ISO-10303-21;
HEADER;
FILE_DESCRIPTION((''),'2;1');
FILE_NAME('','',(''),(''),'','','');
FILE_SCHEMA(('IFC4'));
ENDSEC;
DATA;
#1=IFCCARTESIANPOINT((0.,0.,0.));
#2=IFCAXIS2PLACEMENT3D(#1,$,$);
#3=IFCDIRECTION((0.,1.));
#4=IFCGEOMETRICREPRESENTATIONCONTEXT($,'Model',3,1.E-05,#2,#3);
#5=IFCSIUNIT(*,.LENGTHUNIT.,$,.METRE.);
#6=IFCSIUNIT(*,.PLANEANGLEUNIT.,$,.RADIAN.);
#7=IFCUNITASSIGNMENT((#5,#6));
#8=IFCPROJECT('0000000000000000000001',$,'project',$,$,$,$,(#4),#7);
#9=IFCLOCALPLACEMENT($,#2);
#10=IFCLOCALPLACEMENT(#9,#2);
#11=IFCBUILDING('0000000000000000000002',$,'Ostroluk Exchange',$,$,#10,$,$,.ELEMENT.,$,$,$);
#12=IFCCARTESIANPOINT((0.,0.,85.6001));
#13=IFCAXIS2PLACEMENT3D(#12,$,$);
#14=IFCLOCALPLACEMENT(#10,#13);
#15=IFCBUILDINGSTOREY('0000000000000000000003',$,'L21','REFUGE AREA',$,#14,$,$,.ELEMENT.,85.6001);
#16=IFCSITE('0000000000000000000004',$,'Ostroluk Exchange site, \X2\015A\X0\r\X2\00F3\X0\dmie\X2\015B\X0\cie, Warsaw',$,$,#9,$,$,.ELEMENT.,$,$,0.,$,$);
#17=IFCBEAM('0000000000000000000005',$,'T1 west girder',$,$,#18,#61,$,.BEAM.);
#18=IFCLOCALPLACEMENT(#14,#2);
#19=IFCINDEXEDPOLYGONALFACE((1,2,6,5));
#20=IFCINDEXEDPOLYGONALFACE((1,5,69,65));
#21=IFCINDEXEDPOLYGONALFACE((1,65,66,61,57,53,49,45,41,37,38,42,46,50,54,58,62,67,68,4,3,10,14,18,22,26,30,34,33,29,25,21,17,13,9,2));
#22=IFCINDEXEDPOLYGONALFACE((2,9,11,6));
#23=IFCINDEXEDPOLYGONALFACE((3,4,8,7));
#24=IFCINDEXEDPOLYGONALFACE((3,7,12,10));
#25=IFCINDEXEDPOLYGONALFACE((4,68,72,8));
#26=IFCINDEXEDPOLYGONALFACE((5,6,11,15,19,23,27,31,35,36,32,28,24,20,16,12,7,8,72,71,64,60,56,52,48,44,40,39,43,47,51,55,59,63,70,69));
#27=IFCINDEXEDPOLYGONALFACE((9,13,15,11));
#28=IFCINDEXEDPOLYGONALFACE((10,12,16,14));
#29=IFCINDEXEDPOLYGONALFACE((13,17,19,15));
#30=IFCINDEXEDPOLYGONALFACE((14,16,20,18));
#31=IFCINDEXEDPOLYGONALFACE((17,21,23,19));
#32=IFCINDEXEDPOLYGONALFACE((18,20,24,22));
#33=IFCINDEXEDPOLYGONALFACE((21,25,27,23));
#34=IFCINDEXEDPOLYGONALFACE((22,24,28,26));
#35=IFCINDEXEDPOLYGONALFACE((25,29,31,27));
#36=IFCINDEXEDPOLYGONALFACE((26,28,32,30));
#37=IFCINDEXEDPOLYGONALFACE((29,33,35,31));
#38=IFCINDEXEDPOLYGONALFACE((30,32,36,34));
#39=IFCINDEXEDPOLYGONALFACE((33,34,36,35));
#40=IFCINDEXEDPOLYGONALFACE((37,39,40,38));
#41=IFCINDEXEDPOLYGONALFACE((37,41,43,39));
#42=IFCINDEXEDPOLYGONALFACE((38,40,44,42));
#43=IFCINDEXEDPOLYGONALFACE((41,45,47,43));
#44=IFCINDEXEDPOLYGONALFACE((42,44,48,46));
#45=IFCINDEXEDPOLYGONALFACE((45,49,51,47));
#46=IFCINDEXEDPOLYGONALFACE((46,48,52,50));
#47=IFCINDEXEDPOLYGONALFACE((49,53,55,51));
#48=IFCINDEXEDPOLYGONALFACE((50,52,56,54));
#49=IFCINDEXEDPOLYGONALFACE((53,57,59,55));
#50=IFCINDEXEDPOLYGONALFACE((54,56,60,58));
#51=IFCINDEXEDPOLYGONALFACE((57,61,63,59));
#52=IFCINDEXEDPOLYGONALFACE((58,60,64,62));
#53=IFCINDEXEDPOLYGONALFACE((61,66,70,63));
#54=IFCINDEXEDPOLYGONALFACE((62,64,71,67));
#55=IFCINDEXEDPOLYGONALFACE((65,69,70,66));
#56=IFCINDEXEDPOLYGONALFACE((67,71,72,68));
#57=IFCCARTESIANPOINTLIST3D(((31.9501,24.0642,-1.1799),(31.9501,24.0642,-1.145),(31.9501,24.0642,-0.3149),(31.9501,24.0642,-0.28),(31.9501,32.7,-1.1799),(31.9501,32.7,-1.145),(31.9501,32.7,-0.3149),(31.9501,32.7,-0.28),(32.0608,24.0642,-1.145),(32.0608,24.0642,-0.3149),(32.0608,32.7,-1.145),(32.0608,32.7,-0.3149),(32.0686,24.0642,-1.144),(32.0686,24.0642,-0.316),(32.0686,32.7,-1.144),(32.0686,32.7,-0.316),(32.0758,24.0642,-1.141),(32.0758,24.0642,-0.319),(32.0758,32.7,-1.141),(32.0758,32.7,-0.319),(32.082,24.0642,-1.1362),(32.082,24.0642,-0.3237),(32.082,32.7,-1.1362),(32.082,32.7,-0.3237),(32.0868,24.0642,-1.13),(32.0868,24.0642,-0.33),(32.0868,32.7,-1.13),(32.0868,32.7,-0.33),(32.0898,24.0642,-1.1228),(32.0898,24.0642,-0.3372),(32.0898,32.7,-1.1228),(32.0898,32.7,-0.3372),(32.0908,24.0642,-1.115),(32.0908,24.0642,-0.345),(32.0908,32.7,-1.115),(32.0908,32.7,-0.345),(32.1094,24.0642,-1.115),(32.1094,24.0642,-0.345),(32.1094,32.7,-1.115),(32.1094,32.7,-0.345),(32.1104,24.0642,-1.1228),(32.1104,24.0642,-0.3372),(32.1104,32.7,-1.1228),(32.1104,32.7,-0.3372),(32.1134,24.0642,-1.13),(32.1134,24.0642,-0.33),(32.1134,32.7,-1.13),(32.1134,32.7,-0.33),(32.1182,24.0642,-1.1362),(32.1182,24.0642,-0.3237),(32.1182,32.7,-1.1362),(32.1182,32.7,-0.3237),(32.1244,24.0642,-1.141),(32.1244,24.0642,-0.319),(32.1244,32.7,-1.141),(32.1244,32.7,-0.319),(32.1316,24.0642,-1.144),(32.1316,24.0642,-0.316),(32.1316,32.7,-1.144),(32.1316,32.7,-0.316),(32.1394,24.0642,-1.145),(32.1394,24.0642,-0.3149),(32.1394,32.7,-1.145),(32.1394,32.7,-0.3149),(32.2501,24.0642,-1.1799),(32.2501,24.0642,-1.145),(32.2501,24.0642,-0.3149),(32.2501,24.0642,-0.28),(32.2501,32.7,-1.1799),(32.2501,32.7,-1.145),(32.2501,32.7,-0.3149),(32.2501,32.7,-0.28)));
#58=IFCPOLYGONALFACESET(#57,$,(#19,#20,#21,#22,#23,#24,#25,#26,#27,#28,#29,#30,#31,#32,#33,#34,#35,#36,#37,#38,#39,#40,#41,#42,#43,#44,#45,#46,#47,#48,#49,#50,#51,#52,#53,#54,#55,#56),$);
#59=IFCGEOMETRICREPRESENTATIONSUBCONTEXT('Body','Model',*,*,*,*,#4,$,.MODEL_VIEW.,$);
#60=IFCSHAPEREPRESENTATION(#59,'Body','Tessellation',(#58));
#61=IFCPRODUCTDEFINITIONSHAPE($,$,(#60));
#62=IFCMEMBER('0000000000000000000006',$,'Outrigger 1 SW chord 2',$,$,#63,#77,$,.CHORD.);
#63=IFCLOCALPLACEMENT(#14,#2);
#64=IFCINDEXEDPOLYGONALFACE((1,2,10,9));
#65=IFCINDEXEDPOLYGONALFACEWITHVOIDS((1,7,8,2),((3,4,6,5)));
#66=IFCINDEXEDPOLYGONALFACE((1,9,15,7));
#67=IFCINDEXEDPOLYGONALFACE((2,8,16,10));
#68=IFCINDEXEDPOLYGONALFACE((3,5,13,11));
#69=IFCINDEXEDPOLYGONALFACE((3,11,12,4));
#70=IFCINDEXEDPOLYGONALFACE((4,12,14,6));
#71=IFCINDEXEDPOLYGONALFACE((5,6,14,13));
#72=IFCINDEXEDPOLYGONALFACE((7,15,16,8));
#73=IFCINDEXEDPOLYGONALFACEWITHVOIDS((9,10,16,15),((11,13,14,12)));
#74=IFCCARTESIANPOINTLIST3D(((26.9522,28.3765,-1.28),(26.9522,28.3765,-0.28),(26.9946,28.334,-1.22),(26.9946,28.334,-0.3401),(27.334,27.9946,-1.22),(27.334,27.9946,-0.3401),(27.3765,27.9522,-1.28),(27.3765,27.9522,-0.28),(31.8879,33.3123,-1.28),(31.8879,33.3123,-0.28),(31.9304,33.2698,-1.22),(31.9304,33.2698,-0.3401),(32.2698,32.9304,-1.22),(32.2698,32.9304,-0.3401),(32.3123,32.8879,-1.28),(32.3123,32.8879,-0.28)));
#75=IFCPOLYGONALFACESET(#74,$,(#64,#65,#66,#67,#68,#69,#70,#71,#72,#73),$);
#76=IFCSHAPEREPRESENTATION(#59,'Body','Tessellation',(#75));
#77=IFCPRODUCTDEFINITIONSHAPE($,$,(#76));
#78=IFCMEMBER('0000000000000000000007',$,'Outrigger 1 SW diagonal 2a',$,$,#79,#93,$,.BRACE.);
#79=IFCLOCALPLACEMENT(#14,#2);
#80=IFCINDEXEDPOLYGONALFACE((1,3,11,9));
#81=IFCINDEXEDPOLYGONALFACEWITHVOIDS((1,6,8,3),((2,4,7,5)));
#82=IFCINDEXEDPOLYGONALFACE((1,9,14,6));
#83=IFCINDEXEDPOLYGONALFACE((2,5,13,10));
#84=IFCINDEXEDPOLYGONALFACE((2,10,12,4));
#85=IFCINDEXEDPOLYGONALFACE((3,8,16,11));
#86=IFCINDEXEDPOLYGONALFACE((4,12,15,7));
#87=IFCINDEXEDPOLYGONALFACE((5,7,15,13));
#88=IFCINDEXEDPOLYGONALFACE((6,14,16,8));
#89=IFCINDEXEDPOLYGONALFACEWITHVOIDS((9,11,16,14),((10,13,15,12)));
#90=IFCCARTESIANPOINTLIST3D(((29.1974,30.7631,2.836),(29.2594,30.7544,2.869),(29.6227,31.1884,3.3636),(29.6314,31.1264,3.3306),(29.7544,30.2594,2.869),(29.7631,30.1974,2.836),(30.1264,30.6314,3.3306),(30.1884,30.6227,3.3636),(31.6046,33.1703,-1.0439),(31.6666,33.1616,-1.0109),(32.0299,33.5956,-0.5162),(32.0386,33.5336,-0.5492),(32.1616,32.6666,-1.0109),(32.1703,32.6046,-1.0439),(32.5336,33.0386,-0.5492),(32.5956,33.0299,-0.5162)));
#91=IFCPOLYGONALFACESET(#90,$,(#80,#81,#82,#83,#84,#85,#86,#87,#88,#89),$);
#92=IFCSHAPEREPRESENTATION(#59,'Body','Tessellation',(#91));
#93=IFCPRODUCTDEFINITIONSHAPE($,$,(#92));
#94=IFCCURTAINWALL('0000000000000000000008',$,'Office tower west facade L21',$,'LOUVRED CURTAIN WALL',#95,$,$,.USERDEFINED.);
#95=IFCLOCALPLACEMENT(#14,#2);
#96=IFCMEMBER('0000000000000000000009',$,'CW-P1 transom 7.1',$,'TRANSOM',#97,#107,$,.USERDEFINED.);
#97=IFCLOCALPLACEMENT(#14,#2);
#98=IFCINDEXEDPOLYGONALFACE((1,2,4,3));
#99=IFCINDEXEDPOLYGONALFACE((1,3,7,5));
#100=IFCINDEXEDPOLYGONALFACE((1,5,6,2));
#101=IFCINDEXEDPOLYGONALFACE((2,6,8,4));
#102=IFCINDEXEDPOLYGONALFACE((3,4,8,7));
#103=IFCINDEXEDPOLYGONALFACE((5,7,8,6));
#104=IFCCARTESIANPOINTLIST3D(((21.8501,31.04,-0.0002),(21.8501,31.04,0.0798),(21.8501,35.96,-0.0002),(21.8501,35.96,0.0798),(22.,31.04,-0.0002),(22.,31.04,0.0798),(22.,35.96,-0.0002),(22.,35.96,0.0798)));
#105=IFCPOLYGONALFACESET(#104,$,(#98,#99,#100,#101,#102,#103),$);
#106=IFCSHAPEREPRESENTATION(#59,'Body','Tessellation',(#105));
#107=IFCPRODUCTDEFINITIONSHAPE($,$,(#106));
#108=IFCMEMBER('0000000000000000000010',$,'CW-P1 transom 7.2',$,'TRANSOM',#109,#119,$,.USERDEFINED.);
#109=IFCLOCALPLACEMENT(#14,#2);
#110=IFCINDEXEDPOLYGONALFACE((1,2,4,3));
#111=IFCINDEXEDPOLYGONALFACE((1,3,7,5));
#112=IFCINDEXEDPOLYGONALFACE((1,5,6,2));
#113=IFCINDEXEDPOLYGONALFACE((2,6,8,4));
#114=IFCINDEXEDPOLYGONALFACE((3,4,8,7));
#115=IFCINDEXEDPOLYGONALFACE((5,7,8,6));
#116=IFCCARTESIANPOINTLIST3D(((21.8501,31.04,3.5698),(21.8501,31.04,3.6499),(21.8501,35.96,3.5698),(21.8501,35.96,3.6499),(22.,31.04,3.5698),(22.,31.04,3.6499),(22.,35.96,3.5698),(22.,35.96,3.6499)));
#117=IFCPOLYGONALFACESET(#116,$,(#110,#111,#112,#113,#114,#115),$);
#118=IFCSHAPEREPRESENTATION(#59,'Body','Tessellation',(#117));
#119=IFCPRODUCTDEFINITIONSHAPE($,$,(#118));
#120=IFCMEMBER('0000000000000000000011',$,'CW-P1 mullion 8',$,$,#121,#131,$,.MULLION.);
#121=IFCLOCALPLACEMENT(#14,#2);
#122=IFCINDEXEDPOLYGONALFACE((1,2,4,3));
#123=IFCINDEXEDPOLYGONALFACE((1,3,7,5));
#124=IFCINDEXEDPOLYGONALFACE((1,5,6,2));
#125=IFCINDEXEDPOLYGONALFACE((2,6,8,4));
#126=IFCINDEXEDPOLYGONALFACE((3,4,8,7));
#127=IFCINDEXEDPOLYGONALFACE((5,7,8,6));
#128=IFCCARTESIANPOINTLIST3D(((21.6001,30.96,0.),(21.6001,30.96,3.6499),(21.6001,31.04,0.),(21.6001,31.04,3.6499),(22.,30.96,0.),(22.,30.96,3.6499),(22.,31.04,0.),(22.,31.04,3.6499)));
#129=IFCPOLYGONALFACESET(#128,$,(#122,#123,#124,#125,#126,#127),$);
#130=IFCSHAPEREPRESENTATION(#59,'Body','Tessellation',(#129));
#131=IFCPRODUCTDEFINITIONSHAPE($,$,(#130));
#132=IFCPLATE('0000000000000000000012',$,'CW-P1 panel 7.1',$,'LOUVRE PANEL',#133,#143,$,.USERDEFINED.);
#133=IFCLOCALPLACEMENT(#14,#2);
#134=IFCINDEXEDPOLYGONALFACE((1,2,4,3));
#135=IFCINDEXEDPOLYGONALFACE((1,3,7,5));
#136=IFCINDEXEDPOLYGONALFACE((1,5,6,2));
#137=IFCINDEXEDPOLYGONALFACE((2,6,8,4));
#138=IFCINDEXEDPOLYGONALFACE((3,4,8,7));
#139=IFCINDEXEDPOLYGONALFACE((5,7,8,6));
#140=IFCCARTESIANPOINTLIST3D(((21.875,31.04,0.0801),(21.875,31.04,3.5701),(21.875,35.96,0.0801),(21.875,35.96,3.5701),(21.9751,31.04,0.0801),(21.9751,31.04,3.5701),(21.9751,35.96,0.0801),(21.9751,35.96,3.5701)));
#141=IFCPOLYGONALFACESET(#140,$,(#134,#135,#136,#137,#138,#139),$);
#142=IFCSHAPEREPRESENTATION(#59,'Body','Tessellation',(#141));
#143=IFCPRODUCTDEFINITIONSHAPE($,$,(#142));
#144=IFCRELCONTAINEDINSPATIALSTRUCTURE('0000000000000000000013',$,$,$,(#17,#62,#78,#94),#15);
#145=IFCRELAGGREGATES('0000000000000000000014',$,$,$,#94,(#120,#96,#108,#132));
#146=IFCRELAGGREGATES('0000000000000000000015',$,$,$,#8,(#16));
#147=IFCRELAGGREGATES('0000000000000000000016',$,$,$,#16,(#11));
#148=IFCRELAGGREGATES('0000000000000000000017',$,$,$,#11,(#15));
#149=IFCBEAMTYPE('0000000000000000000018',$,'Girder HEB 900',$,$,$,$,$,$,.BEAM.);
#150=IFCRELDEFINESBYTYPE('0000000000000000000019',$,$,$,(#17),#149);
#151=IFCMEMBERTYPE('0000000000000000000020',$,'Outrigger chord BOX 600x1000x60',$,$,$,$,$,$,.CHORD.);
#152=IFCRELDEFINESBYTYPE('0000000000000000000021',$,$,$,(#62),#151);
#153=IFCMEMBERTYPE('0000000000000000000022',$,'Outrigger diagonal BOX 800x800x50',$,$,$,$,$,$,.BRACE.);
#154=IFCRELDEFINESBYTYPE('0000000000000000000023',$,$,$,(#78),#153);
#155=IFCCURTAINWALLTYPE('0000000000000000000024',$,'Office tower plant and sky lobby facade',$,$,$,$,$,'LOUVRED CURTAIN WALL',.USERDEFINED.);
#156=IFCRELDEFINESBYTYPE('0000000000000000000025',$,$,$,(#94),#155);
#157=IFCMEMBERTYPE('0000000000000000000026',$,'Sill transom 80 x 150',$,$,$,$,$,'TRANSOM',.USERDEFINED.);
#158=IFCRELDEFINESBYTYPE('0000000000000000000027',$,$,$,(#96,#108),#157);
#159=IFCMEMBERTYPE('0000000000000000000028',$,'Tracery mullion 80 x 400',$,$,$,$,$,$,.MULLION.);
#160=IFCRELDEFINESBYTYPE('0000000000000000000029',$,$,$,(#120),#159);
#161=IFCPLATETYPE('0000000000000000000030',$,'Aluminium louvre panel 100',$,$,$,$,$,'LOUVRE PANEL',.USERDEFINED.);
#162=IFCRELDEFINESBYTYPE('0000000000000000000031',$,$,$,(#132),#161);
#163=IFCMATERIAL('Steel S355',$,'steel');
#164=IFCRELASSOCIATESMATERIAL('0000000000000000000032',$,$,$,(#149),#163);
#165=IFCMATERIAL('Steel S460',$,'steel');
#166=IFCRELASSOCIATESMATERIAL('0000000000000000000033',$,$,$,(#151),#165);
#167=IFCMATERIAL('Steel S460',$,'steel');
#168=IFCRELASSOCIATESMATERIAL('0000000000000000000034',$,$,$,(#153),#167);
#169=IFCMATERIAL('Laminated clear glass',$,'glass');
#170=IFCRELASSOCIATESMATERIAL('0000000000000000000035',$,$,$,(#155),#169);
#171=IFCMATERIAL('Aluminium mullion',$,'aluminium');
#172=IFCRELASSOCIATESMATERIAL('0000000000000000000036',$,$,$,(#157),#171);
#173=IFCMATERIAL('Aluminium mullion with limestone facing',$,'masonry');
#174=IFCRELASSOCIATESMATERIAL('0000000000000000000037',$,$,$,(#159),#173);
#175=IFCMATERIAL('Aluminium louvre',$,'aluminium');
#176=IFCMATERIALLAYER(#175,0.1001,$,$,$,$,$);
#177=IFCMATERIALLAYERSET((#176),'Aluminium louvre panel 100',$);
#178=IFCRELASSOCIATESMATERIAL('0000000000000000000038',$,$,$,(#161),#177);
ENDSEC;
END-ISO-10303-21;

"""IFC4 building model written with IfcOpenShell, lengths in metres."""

from ifc_helpers import new_model, si_unit, direction, frame, origin, origin_2d, place, context, subcontext, project, spatial, rectangle, hollow_rectangle, i_section, extrude, material, layer, layer_set, material_profile, profile_set, type_object, element, aggregate, save


model = new_model("IFC4")

# Units and contexts
model_context = context("Model", 3, precision=1e-05, world=origin(), true_north=direction((0.0, 1.0)))
body_context = subcontext(model_context, "Body", "Model", "MODEL_VIEW")
ifc_project = project(units=[si_unit("LENGTHUNIT", "METRE"), si_unit("PLANEANGLEUNIT", "RADIAN")], contexts=[model_context])

# Site, building, storey
site_placement = place(None, origin())
site = spatial("IfcSite", under=ifc_project, at=site_placement, Name="Ostroluk Exchange site, Śródmieście, Warsaw", CompositionType="ELEMENT", RefElevation=0.0)
building_placement = place(site_placement, origin())
building = spatial("IfcBuilding", under=site, at=building_placement, Name="Ostroluk Exchange", CompositionType="ELEMENT")
storey_placement = place(building_placement, frame((0.0, 0.0, 85.6001)))
storey = spatial("IfcBuildingStorey", under=building, at=storey_placement, Name="L21", Description="REFUGE AREA", CompositionType="ELEMENT", Elevation=85.6001)

# Beam
ifc_material_1 = material(Name="Steel S355", Category="steel")
ifc_material_profile_1 = material_profile(ifc_material_1, i_section(OverallWidth=0.3, OverallDepth=0.8999, WebThickness=0.0186, FlangeThickness=0.0349, FilletRadius=0.03, at=origin_2d()), Name="HEB 900")
ifc_profile_set_1 = profile_set([ifc_material_profile_1], Name="Steel S355")
beam_type_1 = type_object("IfcBeamType", Name="Girder HEB 900", PredefinedType="BEAM", material=ifc_profile_set_1)
beam_1_placement = place(storey_placement, frame((32.1001, 32.7, -0.73), z_axis=(0.0, -1.0, 0.0), x_axis=(1.0, 0.0, 0.0)))
element("IfcBeam", 1, at=beam_1_placement, inside=storey, type_object=beam_type_1, Name="T1 west girder", PredefinedType="BEAM", context=body_context, shape_type="SweptSolid", body=[
    extrude(i_section(OverallWidth=0.3, OverallDepth=0.8999, WebThickness=0.0186, FlangeThickness=0.0349, FilletRadius=0.03, at=origin_2d()), origin(), (0.0, 0.0, 1.0), 8.6357),
])

# Members
ifc_material_2 = material(Name="Steel S460", Category="steel")
ifc_material_profile_2 = material_profile(ifc_material_2, hollow_rectangle(XDim=0.6001, YDim=1.0, WallThickness=0.0601, at=origin_2d()), Name="BOX 600x1000x60")
ifc_profile_set_2 = profile_set([ifc_material_profile_2], Name="Steel S460")
member_type_1 = type_object("IfcMemberType", Name="Outrigger chord BOX 600x1000x60", PredefinedType="CHORD", material=ifc_profile_set_2)
member_1_placement = place(storey_placement, frame((32.1001, 33.1001, -0.78), z_axis=(-0.707107, -0.707107, 0.0), x_axis=(0.707107, -0.707107, 0.0)))
element("IfcMember", 2, at=member_1_placement, inside=storey, type_object=member_type_1, Name="Outrigger 1 SW chord 2", PredefinedType="CHORD", context=body_context, shape_type="SweptSolid", body=[
    extrude(hollow_rectangle(XDim=0.6001, YDim=1.0, WallThickness=0.0601, at=origin_2d()), origin(), (0.0, 0.0, 1.0), 6.9802),
])
ifc_material_3 = material(Name="Steel S460", Category="steel")
ifc_material_profile_3 = material_profile(ifc_material_3, hollow_rectangle(XDim=0.8, YDim=0.8, WallThickness=0.05, at=origin_2d()), Name="BOX 800x800x50")
ifc_profile_set_3 = profile_set([ifc_material_profile_3], Name="Steel S460")
member_type_2 = type_object("IfcMemberType", Name="Outrigger diagonal BOX 800x800x50", PredefinedType="BRACE", material=ifc_profile_set_3)
member_2_placement = place(storey_placement, frame((32.1001, 33.1001, -0.78), z_axis=(-0.466365, -0.466365, 0.75167), x_axis=(0.707107, -0.707107, 0.0)))
element("IfcMember", 3, at=member_2_placement, inside=storey, type_object=member_type_2, Name="Outrigger 1 SW diagonal 2a", PredefinedType="BRACE", context=body_context, shape_type="SweptSolid", body=[
    extrude(hollow_rectangle(XDim=0.8, YDim=0.8, WallThickness=0.05, at=origin_2d()), origin(), (0.0, 0.0, 1.0), 5.1616),
])

# Curtain wall, members, plate
ifc_material_4 = material(Name="Laminated clear glass", Category="glass")
curtain_wall_type = type_object("IfcCurtainWallType", Name="Office tower plant and sky lobby facade", ElementType="LOUVRED CURTAIN WALL", PredefinedType="USERDEFINED", material=ifc_material_4)
curtain_wall_placement = place(storey_placement, origin())
curtain_wall = element("IfcCurtainWall", 4, at=curtain_wall_placement, inside=storey, type_object=curtain_wall_type, Name="Office tower west facade L21", ObjectType="LOUVRED CURTAIN WALL", PredefinedType="USERDEFINED")
ifc_material_5 = material(Name="Aluminium mullion", Category="aluminium")
ifc_material_profile_4 = material_profile(ifc_material_5, rectangle(XDim=0.1499, YDim=0.0801, at=origin_2d()), Name="Sill transom 80 x 150")
ifc_profile_set_4 = profile_set([ifc_material_profile_4], Name="Aluminium mullion")
member_type_3 = type_object("IfcMemberType", Name="Sill transom 80 x 150", ElementType="TRANSOM", PredefinedType="USERDEFINED", material=ifc_profile_set_4)
member_3_placement = place(storey_placement, frame((21.925, 35.96, 0.0398), z_axis=(0.0, -1.0, 0.0), x_axis=(1.0, 0.0, 0.0)))
member_3 = element("IfcMember", 5, at=member_3_placement, type_object=member_type_3, Name="CW-P1 transom 7.1", ObjectType="TRANSOM", PredefinedType="USERDEFINED", context=body_context, shape_type="SweptSolid", body=[
    extrude(rectangle(XDim=0.1499, YDim=0.0801, at=origin_2d()), origin(), (0.0, 0.0, 1.0), 4.9199),
])
member_4_placement = place(storey_placement, frame((21.925, 35.96, 3.6099), z_axis=(0.0, -1.0, 0.0), x_axis=(1.0, 0.0, 0.0)))
member_4 = element("IfcMember", 6, at=member_4_placement, type_object=member_type_3, Name="CW-P1 transom 7.2", ObjectType="TRANSOM", PredefinedType="USERDEFINED", context=body_context, shape_type="SweptSolid", body=[
    extrude(rectangle(XDim=0.1499, YDim=0.0801, at=origin_2d()), origin(), (0.0, 0.0, 1.0), 4.9199),
])
ifc_material_6 = material(Name="Aluminium mullion with limestone facing", Category="masonry")
ifc_material_profile_5 = material_profile(ifc_material_6, rectangle(XDim=0.3999, YDim=0.0801, at=origin_2d()), Name="Tracery mullion 80 x 400")
ifc_profile_set_5 = profile_set([ifc_material_profile_5], Name="Aluminium mullion with limestone facing")
member_type_4 = type_object("IfcMemberType", Name="Tracery mullion 80 x 400", PredefinedType="MULLION", material=ifc_profile_set_5)
member_5_placement = place(storey_placement, frame((21.8, 31.0, 0.0), z_axis=(0.0, 0.0, 1.0), x_axis=(1.0, 0.0, 0.0)))
member_5 = element("IfcMember", 7, at=member_5_placement, type_object=member_type_4, Name="CW-P1 mullion 8", PredefinedType="MULLION", context=body_context, shape_type="SweptSolid", body=[
    extrude(rectangle(XDim=0.3999, YDim=0.0801, at=origin_2d()), origin(), (0.0, 0.0, 1.0), 3.6499),
])
ifc_material_7 = material(Name="Aluminium louvre", Category="aluminium")
ifc_layer_1 = layer(ifc_material_7, 0.1001)
ifc_layer_set_1 = layer_set([ifc_layer_1], Name="Aluminium louvre panel 100")
plate_type = type_object("IfcPlateType", Name="Aluminium louvre panel 100", ElementType="LOUVRE PANEL", PredefinedType="USERDEFINED", material=ifc_layer_set_1)
plate_placement = place(storey_placement, frame((21.925, 33.5, 0.0801), z_axis=(0.0, 0.0, 1.0), x_axis=(0.0, -1.0, 0.0)))
plate = element("IfcPlate", 8, at=plate_placement, type_object=plate_type, Name="CW-P1 panel 7.1", ObjectType="LOUVRE PANEL", PredefinedType="USERDEFINED", context=body_context, shape_type="SweptSolid", body=[
    extrude(rectangle(XDim=4.9199, YDim=0.1001, at=origin_2d()), origin(), (0.0, 0.0, 1.0), 3.49),
])
aggregate(curtain_wall, [member_5, member_3, member_4, plate])

save(model, "model.ifc")
